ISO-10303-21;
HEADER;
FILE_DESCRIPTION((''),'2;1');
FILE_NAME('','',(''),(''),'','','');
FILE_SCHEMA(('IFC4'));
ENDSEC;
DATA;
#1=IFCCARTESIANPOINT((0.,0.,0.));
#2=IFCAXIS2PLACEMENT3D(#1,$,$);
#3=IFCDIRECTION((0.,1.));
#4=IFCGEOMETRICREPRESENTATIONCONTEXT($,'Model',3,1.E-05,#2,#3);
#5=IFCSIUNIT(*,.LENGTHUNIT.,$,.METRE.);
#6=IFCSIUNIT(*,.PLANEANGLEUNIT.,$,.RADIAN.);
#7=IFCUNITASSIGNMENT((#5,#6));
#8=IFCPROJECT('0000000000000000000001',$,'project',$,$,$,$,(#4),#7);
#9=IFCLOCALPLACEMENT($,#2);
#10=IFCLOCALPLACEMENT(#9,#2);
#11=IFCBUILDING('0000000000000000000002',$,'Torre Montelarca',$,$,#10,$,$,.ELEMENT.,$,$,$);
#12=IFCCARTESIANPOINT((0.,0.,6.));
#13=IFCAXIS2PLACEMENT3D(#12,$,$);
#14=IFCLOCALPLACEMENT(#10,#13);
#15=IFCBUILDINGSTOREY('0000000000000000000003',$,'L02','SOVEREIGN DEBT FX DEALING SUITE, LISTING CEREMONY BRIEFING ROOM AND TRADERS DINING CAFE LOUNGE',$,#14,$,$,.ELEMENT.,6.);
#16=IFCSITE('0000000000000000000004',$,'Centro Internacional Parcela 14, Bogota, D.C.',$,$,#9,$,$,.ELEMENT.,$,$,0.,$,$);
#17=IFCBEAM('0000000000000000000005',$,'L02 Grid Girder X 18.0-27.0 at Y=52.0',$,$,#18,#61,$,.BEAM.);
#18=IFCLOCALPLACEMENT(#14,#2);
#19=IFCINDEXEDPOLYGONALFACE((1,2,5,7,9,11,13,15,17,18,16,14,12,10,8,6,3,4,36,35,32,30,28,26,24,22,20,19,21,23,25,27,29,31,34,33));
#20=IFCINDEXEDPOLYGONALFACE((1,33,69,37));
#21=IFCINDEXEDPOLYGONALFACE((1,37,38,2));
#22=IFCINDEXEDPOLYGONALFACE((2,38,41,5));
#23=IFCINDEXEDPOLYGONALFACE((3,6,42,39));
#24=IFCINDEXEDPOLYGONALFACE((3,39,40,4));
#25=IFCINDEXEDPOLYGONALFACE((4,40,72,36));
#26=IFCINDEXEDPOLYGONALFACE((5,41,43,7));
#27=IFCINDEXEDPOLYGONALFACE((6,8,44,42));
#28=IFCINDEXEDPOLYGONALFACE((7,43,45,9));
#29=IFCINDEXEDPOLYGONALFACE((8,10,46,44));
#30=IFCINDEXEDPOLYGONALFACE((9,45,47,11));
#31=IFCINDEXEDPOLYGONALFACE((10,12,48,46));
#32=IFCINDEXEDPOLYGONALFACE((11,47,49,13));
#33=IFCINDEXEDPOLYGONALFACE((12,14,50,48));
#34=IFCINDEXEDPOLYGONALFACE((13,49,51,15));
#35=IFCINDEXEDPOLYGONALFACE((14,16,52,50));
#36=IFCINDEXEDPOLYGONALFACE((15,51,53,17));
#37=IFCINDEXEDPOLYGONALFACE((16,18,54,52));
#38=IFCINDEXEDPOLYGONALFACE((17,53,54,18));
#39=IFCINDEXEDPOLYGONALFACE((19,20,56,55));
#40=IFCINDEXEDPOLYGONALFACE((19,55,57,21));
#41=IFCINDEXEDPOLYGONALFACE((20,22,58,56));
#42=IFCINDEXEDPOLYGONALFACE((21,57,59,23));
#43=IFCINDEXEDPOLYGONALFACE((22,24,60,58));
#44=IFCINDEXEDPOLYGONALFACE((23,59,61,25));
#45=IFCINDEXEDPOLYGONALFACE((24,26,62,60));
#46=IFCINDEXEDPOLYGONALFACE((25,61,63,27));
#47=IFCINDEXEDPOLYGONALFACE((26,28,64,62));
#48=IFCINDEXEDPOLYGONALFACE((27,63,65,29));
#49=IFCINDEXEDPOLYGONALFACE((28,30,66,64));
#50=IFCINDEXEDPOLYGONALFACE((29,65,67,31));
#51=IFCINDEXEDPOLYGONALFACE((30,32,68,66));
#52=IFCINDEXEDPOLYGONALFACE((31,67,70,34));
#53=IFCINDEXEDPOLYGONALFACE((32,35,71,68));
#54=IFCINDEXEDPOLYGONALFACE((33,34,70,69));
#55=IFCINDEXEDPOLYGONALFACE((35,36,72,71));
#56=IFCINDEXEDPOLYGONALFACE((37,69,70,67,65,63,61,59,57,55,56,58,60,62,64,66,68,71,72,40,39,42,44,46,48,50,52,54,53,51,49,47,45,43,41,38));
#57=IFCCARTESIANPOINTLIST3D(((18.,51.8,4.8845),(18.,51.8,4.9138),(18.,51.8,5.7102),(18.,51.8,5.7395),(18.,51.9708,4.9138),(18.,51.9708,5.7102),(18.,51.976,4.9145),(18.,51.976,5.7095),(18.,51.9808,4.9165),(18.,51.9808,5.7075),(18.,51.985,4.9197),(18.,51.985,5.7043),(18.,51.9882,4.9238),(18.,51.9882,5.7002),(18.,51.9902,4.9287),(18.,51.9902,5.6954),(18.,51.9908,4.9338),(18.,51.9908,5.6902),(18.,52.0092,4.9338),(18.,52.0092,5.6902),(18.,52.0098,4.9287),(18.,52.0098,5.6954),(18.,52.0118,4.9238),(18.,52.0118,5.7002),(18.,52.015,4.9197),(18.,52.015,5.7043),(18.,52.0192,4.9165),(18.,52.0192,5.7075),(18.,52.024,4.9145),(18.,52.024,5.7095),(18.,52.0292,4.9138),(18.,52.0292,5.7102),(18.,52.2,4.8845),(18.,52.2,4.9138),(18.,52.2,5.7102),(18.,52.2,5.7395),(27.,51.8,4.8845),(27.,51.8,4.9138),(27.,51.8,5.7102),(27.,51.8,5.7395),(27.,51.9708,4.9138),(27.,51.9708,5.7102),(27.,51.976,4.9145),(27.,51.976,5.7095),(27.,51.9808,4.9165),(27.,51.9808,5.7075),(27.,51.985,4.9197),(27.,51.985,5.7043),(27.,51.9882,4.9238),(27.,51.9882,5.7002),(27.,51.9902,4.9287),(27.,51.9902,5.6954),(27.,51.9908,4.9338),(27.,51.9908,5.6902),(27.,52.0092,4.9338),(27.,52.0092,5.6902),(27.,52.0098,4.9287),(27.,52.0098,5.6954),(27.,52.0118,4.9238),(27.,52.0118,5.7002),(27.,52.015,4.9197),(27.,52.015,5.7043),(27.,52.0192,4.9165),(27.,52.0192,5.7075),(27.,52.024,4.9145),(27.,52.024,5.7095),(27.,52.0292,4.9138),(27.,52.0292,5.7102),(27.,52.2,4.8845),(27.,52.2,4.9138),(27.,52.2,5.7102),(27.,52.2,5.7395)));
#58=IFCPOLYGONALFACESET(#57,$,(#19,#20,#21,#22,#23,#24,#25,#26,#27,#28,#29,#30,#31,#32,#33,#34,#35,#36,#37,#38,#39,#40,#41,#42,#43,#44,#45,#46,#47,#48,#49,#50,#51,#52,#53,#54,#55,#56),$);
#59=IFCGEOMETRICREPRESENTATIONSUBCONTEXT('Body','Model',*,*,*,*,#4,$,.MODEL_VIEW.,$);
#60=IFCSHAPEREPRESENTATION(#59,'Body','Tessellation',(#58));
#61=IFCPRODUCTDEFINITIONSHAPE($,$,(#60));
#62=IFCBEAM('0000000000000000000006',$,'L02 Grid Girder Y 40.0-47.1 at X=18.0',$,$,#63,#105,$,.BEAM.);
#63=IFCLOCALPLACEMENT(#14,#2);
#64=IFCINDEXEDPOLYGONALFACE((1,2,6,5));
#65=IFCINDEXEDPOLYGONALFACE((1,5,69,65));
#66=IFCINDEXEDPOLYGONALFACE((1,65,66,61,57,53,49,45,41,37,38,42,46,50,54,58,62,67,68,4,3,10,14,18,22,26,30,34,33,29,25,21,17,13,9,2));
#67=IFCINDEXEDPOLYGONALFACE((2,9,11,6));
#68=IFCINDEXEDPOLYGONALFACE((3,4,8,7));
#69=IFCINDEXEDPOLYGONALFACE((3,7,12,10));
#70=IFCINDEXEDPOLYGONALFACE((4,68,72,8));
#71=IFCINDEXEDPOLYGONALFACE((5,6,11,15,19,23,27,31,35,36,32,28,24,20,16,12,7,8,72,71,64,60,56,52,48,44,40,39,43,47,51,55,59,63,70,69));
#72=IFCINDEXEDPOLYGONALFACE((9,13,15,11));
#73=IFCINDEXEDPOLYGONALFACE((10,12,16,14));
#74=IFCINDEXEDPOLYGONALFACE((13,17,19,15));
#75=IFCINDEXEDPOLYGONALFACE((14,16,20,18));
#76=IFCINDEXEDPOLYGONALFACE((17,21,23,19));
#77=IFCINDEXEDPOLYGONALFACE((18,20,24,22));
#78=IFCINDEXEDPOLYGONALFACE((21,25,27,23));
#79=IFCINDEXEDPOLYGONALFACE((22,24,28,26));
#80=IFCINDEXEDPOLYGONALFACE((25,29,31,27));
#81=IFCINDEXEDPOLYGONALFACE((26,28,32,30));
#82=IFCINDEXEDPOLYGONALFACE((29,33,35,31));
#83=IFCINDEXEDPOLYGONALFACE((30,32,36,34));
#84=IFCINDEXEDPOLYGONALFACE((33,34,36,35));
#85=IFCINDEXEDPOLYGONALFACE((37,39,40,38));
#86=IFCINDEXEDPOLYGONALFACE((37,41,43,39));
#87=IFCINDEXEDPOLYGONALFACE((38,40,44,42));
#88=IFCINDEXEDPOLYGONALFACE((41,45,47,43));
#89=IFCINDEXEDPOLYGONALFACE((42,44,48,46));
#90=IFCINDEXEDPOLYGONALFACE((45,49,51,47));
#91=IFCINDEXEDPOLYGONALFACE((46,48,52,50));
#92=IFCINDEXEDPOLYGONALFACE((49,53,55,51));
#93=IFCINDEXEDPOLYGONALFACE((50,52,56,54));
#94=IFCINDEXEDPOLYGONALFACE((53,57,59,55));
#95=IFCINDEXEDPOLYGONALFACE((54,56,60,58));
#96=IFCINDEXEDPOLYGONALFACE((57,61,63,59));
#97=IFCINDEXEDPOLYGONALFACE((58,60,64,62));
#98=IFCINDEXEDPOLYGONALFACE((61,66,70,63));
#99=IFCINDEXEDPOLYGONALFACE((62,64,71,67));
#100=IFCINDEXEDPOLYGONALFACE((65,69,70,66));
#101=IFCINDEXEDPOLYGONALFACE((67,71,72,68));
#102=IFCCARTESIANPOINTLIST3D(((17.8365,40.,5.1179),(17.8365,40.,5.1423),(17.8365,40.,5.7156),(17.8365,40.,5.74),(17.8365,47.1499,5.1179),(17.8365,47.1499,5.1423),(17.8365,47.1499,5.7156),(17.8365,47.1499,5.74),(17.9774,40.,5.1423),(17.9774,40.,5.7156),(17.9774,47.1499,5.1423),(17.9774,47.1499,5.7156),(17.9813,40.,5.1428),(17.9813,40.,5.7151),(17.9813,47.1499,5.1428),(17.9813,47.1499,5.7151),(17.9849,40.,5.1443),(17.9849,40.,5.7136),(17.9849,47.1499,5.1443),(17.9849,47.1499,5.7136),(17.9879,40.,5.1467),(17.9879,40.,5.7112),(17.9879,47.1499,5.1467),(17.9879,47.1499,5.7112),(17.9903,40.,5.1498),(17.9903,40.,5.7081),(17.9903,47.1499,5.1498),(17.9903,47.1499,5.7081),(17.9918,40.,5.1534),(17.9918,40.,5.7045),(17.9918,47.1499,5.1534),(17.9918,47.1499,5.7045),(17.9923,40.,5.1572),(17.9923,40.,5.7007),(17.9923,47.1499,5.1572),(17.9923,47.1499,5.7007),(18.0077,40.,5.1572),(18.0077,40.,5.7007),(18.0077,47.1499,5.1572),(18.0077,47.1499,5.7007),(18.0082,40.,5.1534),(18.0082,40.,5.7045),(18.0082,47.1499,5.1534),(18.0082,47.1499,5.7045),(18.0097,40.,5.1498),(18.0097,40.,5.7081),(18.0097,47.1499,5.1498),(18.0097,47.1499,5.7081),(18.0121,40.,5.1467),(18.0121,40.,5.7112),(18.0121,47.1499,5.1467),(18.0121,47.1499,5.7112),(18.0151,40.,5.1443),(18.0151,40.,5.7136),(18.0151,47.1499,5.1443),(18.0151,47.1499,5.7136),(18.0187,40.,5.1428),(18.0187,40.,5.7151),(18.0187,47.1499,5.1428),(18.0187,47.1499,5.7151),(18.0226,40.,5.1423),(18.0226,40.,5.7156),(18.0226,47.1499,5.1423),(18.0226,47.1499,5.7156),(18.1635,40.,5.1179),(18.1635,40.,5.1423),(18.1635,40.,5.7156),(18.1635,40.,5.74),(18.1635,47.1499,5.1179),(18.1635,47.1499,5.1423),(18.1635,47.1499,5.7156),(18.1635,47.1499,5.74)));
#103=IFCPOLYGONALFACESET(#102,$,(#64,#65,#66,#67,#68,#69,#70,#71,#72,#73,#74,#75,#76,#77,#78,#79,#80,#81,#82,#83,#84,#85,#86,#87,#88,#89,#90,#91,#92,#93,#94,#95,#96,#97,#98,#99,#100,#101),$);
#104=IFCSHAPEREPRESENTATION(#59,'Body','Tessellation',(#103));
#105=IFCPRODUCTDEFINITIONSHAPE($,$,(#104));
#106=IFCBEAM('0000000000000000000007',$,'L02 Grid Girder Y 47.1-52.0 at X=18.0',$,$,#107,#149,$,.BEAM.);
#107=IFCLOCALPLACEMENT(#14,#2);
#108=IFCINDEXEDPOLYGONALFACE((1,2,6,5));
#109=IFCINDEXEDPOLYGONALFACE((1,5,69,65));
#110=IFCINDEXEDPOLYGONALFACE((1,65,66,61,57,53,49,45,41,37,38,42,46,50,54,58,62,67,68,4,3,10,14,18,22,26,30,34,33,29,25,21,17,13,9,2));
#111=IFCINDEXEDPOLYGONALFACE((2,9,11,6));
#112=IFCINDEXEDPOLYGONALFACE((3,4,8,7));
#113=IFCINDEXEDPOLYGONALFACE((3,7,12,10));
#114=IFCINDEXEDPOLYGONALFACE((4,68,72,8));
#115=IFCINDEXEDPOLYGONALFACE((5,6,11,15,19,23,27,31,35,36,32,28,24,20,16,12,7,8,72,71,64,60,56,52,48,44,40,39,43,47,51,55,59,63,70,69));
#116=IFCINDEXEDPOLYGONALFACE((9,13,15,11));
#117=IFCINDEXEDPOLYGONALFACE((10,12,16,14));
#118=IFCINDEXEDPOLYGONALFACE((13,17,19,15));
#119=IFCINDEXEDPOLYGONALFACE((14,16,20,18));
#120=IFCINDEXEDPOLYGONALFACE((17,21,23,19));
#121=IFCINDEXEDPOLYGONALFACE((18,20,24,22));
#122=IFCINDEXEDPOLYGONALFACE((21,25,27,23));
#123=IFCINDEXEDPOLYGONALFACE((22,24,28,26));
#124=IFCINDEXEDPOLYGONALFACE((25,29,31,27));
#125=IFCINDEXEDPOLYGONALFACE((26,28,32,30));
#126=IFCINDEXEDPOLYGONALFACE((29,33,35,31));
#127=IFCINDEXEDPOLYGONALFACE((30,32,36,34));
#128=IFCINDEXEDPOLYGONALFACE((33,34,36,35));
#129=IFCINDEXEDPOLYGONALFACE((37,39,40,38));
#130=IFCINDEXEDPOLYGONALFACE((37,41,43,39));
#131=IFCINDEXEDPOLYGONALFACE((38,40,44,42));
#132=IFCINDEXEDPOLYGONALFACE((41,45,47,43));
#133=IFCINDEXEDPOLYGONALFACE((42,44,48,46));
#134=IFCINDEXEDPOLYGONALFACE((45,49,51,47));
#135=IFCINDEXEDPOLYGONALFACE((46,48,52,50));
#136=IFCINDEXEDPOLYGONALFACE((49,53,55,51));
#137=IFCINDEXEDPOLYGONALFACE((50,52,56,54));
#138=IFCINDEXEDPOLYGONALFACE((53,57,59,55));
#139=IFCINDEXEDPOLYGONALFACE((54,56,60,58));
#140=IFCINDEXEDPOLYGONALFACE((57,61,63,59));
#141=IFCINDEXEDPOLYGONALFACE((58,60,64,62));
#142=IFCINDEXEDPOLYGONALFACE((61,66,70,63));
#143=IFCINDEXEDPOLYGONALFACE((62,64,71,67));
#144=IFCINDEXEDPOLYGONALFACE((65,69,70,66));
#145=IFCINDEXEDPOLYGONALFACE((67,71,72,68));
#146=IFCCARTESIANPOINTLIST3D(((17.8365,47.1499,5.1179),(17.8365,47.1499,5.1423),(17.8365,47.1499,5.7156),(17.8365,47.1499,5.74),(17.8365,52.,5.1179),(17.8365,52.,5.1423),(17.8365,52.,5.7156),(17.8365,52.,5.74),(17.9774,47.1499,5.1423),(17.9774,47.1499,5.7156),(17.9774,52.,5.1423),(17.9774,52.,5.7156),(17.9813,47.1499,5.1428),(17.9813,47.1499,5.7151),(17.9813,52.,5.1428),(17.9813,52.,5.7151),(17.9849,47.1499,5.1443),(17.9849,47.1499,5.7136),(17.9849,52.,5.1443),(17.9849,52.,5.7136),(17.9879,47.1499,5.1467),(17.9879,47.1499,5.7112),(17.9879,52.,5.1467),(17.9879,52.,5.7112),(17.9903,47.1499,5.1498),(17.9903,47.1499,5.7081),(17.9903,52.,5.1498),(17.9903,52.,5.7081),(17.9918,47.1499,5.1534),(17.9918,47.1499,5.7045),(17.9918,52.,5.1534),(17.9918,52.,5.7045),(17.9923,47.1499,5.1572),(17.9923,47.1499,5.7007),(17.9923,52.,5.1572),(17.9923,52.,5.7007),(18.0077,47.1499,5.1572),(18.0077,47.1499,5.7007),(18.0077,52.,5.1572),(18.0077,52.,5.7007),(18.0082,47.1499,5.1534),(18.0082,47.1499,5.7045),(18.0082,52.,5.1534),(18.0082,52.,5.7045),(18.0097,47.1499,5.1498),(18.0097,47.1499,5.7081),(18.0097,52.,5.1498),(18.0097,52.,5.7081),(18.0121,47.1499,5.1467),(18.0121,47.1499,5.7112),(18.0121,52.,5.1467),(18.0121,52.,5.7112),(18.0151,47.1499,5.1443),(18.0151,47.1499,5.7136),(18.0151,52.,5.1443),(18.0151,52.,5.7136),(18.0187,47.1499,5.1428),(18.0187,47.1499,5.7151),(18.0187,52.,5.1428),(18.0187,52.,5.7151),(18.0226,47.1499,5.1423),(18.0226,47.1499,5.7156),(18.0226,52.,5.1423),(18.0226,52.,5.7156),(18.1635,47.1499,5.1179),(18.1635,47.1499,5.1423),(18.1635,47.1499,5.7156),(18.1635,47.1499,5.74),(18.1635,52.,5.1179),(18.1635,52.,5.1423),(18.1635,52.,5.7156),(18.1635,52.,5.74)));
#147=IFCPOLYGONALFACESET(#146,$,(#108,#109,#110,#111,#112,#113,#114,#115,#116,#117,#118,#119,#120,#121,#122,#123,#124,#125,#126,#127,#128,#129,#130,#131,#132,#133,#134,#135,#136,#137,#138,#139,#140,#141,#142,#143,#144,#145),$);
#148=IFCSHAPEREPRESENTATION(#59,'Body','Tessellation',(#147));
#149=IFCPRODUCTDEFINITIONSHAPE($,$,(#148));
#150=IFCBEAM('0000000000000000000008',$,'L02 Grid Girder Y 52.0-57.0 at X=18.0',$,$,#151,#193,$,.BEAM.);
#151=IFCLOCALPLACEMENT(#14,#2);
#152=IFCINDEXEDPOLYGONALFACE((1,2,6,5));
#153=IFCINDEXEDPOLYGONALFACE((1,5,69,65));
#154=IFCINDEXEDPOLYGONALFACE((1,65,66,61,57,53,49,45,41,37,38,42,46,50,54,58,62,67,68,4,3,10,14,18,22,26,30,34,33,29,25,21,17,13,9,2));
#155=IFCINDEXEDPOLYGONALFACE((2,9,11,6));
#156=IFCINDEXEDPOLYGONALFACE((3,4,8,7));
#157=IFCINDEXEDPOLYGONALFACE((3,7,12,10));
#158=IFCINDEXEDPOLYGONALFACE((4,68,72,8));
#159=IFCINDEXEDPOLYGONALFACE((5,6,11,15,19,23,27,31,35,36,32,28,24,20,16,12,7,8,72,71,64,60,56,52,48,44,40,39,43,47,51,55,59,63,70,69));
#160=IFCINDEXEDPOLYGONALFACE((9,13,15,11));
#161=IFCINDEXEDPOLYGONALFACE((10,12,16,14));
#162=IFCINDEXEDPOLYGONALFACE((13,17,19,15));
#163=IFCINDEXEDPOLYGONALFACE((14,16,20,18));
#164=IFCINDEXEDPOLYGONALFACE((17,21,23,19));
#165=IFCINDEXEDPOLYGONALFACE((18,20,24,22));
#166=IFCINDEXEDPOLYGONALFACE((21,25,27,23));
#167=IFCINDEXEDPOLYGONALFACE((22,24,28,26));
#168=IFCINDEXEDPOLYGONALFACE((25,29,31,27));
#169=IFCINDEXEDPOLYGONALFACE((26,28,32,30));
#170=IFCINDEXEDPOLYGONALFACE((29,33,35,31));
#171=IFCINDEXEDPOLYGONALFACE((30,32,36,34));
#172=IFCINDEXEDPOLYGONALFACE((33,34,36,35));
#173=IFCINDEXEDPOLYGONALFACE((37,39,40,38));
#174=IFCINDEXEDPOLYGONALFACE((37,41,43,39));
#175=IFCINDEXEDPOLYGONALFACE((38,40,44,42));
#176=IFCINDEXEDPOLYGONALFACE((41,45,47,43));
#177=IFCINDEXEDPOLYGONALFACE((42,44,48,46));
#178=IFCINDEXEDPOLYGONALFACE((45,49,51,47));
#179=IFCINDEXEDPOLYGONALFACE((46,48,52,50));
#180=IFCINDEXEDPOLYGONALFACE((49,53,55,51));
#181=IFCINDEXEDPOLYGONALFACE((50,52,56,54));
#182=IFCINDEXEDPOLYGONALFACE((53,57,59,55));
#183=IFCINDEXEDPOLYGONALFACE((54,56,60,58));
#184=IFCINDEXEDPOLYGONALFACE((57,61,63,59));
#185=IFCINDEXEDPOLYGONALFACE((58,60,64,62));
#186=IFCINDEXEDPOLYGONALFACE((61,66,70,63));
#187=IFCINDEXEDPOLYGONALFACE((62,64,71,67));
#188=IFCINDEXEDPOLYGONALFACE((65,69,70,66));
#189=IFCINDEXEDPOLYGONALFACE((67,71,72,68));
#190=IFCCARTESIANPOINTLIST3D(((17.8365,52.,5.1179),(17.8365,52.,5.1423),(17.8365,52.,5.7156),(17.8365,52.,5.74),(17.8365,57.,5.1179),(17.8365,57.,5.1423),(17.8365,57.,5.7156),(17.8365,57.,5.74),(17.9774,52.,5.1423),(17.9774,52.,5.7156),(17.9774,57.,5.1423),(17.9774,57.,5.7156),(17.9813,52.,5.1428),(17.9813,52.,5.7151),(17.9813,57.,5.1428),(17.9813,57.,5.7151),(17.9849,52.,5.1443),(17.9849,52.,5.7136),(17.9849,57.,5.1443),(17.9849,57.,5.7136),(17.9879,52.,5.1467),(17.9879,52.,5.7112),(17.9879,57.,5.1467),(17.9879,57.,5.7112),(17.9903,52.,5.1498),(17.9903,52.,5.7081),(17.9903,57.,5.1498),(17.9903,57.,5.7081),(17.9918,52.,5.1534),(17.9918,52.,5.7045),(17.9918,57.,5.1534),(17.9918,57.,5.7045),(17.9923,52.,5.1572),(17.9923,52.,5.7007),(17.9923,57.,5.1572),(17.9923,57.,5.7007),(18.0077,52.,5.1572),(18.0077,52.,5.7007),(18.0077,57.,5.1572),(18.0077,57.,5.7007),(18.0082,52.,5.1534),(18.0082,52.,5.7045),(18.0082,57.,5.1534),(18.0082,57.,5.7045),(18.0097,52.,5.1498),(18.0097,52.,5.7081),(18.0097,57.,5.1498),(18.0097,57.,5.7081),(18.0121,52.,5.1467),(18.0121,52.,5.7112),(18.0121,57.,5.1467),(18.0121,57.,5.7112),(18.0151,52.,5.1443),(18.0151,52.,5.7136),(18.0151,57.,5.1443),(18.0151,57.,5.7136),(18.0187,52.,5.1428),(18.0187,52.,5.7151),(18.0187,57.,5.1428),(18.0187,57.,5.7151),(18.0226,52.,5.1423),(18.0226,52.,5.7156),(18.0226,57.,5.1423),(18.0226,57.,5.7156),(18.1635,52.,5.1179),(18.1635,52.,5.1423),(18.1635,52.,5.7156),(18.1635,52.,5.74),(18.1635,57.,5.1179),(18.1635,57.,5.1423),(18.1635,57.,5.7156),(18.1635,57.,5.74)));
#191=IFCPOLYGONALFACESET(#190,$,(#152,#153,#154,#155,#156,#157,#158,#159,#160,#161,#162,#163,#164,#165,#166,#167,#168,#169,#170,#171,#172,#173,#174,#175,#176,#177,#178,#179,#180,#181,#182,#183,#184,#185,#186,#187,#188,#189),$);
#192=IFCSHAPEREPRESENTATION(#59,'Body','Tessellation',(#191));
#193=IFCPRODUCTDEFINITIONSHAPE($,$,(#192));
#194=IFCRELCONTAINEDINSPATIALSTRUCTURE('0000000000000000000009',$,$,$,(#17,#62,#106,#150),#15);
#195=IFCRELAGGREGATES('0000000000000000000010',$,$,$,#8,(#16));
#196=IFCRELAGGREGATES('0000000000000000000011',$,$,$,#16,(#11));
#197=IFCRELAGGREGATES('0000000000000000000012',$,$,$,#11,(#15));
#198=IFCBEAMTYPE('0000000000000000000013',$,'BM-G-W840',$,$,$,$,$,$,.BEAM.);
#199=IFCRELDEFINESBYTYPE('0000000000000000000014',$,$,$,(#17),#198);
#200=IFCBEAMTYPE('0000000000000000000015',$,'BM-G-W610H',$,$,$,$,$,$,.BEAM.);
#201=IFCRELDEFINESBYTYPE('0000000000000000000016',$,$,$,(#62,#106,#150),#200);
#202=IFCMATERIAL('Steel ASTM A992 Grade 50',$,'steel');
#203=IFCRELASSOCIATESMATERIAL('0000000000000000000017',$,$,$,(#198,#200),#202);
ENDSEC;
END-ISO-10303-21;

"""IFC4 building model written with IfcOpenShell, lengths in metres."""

from ifc_helpers import new_model, si_unit, direction, frame, origin, origin_2d, place, context, subcontext, project, spatial, i_section, extrude, source, transform, mapped, material, material_profile, profile_set, type_object, element, save


model = new_model("IFC4")

# Units and contexts
model_context = context("Model", 3, precision=1e-05, world=origin(), true_north=direction((0.0, 1.0)))
body_context = subcontext(model_context, "Body", "Model", "MODEL_VIEW")
ifc_project = project(units=[si_unit("LENGTHUNIT", "METRE"), si_unit("PLANEANGLEUNIT", "RADIAN")], contexts=[model_context])

# Site, building, storey
site_placement = place(None, origin())
site = spatial("IfcSite", under=ifc_project, at=site_placement, Name="Centro Internacional Parcela 14, Bogota, D.C.", CompositionType="ELEMENT", RefElevation=0.0)
building_placement = place(site_placement, origin())
building = spatial("IfcBuilding", under=site, at=building_placement, Name="Torre Montelarca", CompositionType="ELEMENT")
storey_placement = place(building_placement, frame((0.0, 0.0, 6.0)))
storey = spatial("IfcBuildingStorey", under=building, at=storey_placement, Name="L02", Description="SOVEREIGN DEBT FX DEALING SUITE, LISTING CEREMONY BRIEFING ROOM AND TRADERS DINING CAFE LOUNGE", CompositionType="ELEMENT", Elevation=6.0)

# Beams
ifc_material_1 = material(Name="Steel ASTM A992 Grade 50", Category="steel")
ifc_material_profile_1 = material_profile(ifc_material_1, i_section(OverallWidth=0.3999, OverallDepth=0.855, WebThickness=0.0183, FlangeThickness=0.0293, FilletRadius=0.02, at=origin_2d()), Name="W840X299", Category="steel")
ifc_profile_set_1 = profile_set([ifc_material_profile_1], Name="Steel ASTM A992 Grade 50")
beam_type_1 = type_object("IfcBeamType", Name="BM-G-W840", PredefinedType="BEAM", material=ifc_profile_set_1)
shared_shape_1 = source(origin(), body_context, "Body", "SweptSolid", [
    extrude(i_section(OverallWidth=0.3999, OverallDepth=0.855, WebThickness=0.0183, FlangeThickness=0.0293, FilletRadius=0.02, at=origin_2d()), origin(), (0.0, 0.0, 1.0), 9.0),
])
for number, where, z_axis, x_axis, name in (
    (1, (18.0, 52.0, 5.312), (1.0, 0.0, 0.0), (0.0, 1.0, 0.0), "L02 Grid Girder X 18.0-27.0 at Y=52.0"),
):
    element("IfcBeam", number, at=place(storey_placement, frame(where, z_axis=z_axis, x_axis=x_axis)), inside=storey, type_object=beam_type_1, Name=name, PredefinedType="BEAM", context=body_context, shape_type="MappedRepresentation", body=[
        mapped(shared_shape_1, transform((0.0, 0.0, 0.0), scale=1.0)),
    ])
ifc_material_profile_2 = material_profile(ifc_material_1, i_section(OverallWidth=0.3269, OverallDepth=0.6221, WebThickness=0.0154, FlangeThickness=0.0244, FilletRadius=0.0149, at=origin_2d()), Name="W610X195", Category="steel")
ifc_profile_set_2 = profile_set([ifc_material_profile_2], Name="Steel ASTM A992 Grade 50")
beam_type_2 = type_object("IfcBeamType", Name="BM-G-W610H", PredefinedType="BEAM", material=ifc_profile_set_2)
shared_shape_2 = source(origin(), body_context, "Body", "SweptSolid", [
    extrude(i_section(OverallWidth=0.3269, OverallDepth=0.6221, WebThickness=0.0154, FlangeThickness=0.0244, FilletRadius=0.0149, at=origin_2d()), origin(), (0.0, 0.0, 1.0), 7.1499),
])
beam_1_placement = place(storey_placement, frame((18.0, 40.0, 5.429), z_axis=(0.0, 1.0, 0.0), x_axis=(-1.0, 0.0, 0.0)))
element("IfcBeam", 2, at=beam_1_placement, inside=storey, type_object=beam_type_2, Name="L02 Grid Girder Y 40.0-47.1 at X=18.0", PredefinedType="BEAM", context=body_context, shape_type="MappedRepresentation", body=[
    mapped(shared_shape_2, transform((0.0, 0.0, 0.0), scale=1.0)),
])
shared_shape_3 = source(origin(), body_context, "Body", "SweptSolid", [
    extrude(i_section(OverallWidth=0.3269, OverallDepth=0.6221, WebThickness=0.0154, FlangeThickness=0.0244, FilletRadius=0.0149, at=origin_2d()), origin(), (0.0, 0.0, 1.0), 4.8501),
])
beam_2_placement = place(storey_placement, frame((18.0, 47.1499, 5.429), z_axis=(0.0, 1.0, 0.0), x_axis=(-1.0, 0.0, 0.0)))
element("IfcBeam", 3, at=beam_2_placement, inside=storey, type_object=beam_type_2, Name="L02 Grid Girder Y 47.1-52.0 at X=18.0", PredefinedType="BEAM", context=body_context, shape_type="MappedRepresentation", body=[
    mapped(shared_shape_3, transform((0.0, 0.0, 0.0), scale=1.0)),
])
shared_shape_4 = source(origin(), body_context, "Body", "SweptSolid", [
    extrude(i_section(OverallWidth=0.3269, OverallDepth=0.6221, WebThickness=0.0154, FlangeThickness=0.0244, FilletRadius=0.0149, at=origin_2d()), origin(), (0.0, 0.0, 1.0), 5.0),
])
beam_3_placement = place(storey_placement, frame((18.0, 52.0, 5.429), z_axis=(0.0, 1.0, 0.0), x_axis=(-1.0, 0.0, 0.0)))
element("IfcBeam", 4, at=beam_3_placement, inside=storey, type_object=beam_type_2, Name="L02 Grid Girder Y 52.0-57.0 at X=18.0", PredefinedType="BEAM", context=body_context, shape_type="MappedRepresentation", body=[
    mapped(shared_shape_4, transform((0.0, 0.0, 0.0), scale=1.0)),
])

save(model, "model.ifc")
